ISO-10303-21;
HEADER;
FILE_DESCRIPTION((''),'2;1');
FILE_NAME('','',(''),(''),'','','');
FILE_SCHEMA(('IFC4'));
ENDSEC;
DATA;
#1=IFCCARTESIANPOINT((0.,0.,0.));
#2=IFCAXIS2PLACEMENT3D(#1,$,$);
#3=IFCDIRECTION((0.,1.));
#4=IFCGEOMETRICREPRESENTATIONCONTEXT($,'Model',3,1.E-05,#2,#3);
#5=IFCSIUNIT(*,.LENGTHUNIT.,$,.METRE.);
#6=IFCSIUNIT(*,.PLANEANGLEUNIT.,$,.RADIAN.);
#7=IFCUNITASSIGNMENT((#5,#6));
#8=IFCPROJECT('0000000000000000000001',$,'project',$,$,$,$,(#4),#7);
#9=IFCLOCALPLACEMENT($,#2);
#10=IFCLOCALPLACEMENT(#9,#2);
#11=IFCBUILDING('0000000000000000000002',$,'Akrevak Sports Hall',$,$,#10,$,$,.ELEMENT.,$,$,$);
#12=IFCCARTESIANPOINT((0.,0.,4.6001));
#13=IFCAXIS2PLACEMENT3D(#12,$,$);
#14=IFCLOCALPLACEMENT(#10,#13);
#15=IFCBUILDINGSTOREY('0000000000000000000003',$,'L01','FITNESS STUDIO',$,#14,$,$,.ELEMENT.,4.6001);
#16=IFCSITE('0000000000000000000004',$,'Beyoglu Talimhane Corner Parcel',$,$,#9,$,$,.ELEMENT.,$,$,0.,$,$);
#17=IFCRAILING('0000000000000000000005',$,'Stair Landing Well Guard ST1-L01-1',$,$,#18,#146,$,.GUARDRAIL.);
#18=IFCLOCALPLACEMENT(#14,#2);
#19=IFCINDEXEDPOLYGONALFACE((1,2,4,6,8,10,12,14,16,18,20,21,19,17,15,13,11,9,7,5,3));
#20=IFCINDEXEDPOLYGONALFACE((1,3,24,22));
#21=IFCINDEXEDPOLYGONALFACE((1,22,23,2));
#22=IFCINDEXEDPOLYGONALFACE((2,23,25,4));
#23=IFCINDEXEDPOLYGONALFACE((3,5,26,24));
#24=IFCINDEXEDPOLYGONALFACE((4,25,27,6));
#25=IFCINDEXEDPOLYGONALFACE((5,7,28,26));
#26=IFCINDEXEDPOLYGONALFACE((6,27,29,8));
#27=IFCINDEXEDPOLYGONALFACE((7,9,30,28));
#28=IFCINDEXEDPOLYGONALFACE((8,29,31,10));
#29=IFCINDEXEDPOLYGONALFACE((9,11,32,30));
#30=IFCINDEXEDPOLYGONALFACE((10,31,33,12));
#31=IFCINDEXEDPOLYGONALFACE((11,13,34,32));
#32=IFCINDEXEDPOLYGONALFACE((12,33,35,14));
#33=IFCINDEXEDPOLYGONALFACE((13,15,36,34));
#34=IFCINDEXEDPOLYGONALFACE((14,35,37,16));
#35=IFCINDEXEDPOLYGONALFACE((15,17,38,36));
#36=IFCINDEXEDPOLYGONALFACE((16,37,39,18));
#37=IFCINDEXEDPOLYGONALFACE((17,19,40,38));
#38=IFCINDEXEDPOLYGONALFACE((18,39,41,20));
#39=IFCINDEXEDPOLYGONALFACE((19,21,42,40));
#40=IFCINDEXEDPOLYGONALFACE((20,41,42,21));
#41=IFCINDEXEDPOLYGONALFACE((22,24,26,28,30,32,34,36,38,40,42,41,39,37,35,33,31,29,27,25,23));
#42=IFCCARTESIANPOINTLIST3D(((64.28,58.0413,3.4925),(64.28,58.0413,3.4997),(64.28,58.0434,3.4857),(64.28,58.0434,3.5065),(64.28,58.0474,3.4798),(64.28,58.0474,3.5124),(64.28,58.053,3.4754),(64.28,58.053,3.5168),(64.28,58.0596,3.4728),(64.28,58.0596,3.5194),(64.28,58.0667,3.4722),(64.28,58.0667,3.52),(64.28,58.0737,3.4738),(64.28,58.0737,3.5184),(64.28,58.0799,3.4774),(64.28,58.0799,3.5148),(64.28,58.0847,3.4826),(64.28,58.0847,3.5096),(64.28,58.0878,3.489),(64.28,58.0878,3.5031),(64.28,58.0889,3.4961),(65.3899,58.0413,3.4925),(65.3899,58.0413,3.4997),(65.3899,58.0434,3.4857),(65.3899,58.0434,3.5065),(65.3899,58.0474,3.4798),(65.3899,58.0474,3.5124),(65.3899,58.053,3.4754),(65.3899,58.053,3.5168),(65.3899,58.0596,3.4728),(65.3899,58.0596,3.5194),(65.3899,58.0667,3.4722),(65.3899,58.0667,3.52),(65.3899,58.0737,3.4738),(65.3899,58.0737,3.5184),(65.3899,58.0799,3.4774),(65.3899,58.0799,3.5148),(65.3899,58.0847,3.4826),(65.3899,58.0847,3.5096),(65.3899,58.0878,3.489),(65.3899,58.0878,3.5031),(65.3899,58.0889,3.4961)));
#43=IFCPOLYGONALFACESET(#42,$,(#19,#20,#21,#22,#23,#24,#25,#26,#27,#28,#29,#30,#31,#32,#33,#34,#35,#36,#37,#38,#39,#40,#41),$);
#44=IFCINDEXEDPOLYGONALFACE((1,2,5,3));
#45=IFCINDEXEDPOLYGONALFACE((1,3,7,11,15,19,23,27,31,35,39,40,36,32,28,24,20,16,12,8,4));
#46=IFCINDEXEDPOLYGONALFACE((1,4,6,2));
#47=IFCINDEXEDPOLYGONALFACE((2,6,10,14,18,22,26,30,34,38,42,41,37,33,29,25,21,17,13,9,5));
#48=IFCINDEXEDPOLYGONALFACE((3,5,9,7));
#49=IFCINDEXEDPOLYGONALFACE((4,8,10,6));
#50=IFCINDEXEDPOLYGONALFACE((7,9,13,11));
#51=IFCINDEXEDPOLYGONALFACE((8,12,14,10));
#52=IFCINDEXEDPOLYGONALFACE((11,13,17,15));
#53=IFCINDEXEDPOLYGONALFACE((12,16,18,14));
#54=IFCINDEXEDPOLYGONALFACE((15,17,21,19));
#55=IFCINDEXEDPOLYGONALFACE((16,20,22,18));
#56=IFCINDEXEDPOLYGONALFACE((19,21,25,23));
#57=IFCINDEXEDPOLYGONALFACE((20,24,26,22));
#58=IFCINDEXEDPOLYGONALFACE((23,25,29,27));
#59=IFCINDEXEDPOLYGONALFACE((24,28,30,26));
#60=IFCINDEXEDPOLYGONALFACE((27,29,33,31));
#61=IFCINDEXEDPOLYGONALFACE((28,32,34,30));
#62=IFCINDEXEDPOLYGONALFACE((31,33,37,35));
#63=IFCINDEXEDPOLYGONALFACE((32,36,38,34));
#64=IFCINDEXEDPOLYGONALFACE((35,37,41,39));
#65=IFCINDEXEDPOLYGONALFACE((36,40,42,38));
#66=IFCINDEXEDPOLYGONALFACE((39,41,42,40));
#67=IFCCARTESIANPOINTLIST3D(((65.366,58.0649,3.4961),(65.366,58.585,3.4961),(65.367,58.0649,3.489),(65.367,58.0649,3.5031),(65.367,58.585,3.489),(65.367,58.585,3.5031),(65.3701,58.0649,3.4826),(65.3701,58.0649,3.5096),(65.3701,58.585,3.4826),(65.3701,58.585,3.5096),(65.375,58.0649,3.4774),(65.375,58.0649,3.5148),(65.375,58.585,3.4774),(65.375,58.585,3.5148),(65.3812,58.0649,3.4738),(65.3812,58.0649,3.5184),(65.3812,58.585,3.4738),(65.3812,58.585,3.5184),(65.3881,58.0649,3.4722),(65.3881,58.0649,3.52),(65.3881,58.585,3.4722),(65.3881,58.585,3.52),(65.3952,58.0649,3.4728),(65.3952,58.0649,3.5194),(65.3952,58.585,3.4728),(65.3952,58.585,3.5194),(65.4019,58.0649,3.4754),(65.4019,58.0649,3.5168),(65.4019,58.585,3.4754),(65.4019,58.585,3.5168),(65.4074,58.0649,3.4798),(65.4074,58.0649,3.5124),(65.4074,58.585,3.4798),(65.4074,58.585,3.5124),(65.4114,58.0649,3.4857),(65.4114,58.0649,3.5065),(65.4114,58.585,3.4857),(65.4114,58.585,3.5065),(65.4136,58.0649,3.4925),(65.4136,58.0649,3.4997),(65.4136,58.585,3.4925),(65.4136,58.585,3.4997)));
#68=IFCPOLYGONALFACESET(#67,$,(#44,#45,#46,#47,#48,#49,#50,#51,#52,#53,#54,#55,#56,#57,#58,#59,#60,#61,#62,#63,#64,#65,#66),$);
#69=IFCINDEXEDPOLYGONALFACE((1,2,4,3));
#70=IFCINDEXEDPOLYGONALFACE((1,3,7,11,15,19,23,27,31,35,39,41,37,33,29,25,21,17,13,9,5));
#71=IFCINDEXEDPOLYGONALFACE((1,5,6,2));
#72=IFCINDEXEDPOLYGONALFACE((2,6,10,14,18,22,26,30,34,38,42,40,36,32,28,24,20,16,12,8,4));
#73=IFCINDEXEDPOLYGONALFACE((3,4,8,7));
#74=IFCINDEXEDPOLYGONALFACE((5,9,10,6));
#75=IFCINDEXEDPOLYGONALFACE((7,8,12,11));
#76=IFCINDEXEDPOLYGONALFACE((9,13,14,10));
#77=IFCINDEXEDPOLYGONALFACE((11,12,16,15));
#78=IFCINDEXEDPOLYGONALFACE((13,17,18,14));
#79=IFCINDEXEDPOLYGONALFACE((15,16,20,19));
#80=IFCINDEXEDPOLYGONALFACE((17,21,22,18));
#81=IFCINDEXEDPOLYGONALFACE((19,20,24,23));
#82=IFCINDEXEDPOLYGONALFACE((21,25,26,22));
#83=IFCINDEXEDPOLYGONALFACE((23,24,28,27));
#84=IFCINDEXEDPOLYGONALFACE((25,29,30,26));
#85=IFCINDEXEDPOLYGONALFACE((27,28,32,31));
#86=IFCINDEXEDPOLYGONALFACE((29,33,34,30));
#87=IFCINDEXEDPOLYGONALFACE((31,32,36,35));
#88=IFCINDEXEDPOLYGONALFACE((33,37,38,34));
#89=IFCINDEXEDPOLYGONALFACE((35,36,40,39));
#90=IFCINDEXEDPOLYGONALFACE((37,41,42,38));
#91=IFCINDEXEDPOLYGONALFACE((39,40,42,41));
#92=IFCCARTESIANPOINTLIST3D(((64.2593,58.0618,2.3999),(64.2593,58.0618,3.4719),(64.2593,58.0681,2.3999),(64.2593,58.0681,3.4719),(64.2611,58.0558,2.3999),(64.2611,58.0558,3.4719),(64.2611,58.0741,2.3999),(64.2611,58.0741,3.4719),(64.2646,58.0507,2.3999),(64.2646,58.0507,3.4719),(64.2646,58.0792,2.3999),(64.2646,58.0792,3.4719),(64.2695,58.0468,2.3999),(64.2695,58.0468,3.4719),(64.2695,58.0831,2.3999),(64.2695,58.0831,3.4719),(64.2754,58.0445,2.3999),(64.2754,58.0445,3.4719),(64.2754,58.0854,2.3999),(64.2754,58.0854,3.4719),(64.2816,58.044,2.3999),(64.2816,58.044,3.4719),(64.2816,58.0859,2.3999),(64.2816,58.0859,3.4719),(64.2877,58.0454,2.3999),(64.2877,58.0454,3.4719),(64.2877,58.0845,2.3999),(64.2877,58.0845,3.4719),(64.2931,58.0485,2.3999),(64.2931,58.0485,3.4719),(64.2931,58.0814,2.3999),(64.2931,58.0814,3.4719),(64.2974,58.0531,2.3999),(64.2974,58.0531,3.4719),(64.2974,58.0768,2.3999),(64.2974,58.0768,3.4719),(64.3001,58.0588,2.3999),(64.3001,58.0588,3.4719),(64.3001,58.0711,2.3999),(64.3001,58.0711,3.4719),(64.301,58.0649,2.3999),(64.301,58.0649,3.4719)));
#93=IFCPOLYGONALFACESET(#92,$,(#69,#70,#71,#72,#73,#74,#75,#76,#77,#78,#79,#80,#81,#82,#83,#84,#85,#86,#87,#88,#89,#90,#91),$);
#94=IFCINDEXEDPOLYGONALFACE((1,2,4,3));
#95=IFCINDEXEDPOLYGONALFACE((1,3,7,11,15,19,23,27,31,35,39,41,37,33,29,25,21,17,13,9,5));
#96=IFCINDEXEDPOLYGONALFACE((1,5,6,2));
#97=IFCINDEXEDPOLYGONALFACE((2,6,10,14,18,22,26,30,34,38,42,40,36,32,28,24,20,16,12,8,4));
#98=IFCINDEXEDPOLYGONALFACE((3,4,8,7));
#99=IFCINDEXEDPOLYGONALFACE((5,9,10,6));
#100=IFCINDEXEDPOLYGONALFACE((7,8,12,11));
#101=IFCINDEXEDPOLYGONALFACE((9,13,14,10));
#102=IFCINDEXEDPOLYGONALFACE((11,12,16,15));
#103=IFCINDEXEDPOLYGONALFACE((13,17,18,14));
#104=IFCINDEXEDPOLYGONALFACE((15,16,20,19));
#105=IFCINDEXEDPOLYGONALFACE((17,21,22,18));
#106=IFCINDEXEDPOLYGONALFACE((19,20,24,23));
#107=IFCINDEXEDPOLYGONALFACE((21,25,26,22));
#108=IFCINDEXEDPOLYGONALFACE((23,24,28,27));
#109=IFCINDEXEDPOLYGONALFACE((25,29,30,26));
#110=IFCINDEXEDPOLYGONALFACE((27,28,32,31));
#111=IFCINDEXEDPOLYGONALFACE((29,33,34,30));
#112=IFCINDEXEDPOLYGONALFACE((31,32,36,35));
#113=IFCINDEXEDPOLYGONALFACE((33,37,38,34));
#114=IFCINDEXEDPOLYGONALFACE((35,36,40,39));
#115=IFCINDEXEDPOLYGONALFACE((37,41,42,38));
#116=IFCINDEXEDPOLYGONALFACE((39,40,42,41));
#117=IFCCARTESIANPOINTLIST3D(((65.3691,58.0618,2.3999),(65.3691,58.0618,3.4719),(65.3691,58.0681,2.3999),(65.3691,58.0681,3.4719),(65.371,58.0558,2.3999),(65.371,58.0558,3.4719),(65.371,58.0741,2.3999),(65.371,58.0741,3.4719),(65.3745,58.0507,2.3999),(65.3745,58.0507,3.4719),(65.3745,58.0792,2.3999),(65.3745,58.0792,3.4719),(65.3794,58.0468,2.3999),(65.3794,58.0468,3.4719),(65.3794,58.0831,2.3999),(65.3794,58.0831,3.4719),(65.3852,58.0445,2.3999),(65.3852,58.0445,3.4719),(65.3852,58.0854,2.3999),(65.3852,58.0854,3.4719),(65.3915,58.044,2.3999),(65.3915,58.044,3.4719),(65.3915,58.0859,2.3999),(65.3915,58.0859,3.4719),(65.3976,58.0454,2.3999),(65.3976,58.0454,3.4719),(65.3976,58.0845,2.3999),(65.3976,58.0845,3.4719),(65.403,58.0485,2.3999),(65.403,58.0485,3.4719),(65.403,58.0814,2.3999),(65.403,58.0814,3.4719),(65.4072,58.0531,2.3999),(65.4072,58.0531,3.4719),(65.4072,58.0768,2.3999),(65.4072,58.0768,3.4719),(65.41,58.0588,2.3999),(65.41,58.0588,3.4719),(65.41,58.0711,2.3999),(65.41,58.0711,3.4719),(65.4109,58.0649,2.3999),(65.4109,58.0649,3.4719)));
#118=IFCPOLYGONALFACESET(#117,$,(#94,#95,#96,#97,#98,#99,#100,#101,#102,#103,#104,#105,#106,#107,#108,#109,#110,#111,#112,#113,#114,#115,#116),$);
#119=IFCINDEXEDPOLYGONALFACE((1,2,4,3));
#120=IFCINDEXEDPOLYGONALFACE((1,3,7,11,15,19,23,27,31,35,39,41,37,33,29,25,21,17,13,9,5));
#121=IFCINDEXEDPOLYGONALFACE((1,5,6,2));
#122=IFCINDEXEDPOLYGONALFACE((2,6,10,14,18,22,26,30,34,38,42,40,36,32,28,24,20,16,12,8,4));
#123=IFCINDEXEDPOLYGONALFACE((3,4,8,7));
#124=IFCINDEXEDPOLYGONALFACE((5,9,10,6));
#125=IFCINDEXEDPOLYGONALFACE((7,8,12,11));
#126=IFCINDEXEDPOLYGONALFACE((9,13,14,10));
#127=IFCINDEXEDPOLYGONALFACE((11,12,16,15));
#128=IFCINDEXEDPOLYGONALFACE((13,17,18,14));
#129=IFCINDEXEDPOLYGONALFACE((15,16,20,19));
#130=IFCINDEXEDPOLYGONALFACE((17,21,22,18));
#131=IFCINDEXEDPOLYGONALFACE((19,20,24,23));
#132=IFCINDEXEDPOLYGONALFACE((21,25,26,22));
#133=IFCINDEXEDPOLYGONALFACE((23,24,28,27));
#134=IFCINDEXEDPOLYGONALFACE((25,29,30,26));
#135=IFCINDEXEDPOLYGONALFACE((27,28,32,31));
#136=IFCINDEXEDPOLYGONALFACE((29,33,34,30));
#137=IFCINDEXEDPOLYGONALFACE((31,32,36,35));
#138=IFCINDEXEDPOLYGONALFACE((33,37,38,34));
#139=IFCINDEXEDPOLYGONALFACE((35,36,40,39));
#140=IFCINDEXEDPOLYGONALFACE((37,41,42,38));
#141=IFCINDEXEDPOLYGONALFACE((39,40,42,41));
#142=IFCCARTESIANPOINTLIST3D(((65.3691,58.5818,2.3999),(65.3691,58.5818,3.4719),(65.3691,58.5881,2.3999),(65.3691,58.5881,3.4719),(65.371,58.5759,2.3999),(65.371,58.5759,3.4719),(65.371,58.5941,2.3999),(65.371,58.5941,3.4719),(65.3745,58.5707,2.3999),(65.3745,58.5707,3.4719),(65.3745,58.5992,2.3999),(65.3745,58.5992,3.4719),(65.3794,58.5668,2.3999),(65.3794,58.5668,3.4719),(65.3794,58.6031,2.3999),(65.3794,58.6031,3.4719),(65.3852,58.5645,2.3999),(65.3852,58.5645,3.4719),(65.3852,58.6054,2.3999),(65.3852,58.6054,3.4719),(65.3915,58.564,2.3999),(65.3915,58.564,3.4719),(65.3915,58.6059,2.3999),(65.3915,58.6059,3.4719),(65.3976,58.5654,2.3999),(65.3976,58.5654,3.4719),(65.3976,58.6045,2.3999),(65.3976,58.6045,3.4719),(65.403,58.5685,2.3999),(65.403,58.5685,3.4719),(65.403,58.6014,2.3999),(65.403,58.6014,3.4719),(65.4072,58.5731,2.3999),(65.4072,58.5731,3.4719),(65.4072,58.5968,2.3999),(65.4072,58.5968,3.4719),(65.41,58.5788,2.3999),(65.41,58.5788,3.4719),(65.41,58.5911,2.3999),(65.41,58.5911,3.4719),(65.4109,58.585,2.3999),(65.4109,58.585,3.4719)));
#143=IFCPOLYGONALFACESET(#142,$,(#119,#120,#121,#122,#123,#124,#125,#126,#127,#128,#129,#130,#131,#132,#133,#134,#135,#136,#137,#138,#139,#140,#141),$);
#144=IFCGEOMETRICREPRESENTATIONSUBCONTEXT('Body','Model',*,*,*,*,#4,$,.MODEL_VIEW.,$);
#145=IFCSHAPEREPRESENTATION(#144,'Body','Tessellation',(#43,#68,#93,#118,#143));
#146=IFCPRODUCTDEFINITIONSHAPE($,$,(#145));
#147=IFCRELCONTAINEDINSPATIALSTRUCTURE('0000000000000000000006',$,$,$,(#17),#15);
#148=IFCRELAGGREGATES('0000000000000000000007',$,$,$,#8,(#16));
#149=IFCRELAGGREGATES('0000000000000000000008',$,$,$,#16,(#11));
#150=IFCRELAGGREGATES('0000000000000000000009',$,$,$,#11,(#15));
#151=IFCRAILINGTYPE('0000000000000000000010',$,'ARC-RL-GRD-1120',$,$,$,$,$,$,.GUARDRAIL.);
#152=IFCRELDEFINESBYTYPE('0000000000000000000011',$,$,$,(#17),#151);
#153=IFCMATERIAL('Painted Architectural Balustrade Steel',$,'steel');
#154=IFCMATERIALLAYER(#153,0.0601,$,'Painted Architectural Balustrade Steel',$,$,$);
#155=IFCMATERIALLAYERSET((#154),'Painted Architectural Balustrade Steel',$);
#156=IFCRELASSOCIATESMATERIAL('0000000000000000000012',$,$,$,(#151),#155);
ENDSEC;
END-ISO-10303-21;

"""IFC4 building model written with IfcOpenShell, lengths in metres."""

from ifc_helpers import new_model, si_unit, direction, frame, origin, origin_2d, place, context, subcontext, project, spatial, circle, extrude, material, layer, layer_set, type_object, element, save


model = new_model("IFC4")

# Units and contexts
model_context = context("Model", 3, precision=1e-05, world=origin(), true_north=direction((0.0, 1.0)))
body_context = subcontext(model_context, "Body", "Model", "MODEL_VIEW")
ifc_project = project(units=[si_unit("LENGTHUNIT", "METRE"), si_unit("PLANEANGLEUNIT", "RADIAN")], contexts=[model_context])

# Site, building, storey
site_placement = place(None, origin())
site = spatial("IfcSite", under=ifc_project, at=site_placement, Name="Beyoglu Talimhane Corner Parcel", CompositionType="ELEMENT", RefElevation=0.0)
building_placement = place(site_placement, origin())
building = spatial("IfcBuilding", under=site, at=building_placement, Name="Akrevak Sports Hall", CompositionType="ELEMENT")
storey_placement = place(building_placement, frame((0.0, 0.0, 4.6001)))
storey = spatial("IfcBuildingStorey", under=building, at=storey_placement, Name="L01", Description="FITNESS STUDIO", CompositionType="ELEMENT", Elevation=4.6001)

# Railing
ifc_material_1 = material(Name="Painted Architectural Balustrade Steel", Category="steel")
ifc_layer_1 = layer(ifc_material_1, 0.0601, Name="Painted Architectural Balustrade Steel")
ifc_layer_set_1 = layer_set([ifc_layer_1], Name="Painted Architectural Balustrade Steel")
railing_type_1 = type_object("IfcRailingType", Name="ARC-RL-GRD-1120", PredefinedType="GUARDRAIL", material=ifc_layer_set_1)
railing_1_placement = place(storey_placement, frame((64.28, 58.0649, 2.3999)))
element("IfcRailing", 1, at=railing_1_placement, inside=storey, type_object=railing_type_1, Name="Stair Landing Well Guard ST1-L01-1", PredefinedType="GUARDRAIL", context=body_context, shape_type="SweptSolid", body=[
    extrude(circle(Radius=0.0239, at=origin_2d()), frame((0.0, 0.0, 1.0962), z_axis=(1.0, 0.0, 0.0), x_axis=(0.0, 1.0, 0.0)), (0.0, 0.0, 1.0), 1.1099),
    extrude(circle(Radius=0.0239, at=origin_2d()), frame((1.1099, 0.0, 1.0962), z_axis=(0.0, 1.0, 0.0), x_axis=(-1.0, 0.0, 0.0)), (0.0, 0.0, 1.0), 0.52),
    extrude(circle(Radius=0.021, at=origin_2d()), origin(), (0.0, 0.0, 1.0), 1.072),
    extrude(circle(Radius=0.021, at=origin_2d()), frame((1.1099, 0.0, 0.0)), (0.0, 0.0, 1.0), 1.072),
    extrude(circle(Radius=0.021, at=origin_2d()), frame((1.1099, 0.52, 0.0)), (0.0, 0.0, 1.0), 1.072),
])

save(model, "model.ifc")
